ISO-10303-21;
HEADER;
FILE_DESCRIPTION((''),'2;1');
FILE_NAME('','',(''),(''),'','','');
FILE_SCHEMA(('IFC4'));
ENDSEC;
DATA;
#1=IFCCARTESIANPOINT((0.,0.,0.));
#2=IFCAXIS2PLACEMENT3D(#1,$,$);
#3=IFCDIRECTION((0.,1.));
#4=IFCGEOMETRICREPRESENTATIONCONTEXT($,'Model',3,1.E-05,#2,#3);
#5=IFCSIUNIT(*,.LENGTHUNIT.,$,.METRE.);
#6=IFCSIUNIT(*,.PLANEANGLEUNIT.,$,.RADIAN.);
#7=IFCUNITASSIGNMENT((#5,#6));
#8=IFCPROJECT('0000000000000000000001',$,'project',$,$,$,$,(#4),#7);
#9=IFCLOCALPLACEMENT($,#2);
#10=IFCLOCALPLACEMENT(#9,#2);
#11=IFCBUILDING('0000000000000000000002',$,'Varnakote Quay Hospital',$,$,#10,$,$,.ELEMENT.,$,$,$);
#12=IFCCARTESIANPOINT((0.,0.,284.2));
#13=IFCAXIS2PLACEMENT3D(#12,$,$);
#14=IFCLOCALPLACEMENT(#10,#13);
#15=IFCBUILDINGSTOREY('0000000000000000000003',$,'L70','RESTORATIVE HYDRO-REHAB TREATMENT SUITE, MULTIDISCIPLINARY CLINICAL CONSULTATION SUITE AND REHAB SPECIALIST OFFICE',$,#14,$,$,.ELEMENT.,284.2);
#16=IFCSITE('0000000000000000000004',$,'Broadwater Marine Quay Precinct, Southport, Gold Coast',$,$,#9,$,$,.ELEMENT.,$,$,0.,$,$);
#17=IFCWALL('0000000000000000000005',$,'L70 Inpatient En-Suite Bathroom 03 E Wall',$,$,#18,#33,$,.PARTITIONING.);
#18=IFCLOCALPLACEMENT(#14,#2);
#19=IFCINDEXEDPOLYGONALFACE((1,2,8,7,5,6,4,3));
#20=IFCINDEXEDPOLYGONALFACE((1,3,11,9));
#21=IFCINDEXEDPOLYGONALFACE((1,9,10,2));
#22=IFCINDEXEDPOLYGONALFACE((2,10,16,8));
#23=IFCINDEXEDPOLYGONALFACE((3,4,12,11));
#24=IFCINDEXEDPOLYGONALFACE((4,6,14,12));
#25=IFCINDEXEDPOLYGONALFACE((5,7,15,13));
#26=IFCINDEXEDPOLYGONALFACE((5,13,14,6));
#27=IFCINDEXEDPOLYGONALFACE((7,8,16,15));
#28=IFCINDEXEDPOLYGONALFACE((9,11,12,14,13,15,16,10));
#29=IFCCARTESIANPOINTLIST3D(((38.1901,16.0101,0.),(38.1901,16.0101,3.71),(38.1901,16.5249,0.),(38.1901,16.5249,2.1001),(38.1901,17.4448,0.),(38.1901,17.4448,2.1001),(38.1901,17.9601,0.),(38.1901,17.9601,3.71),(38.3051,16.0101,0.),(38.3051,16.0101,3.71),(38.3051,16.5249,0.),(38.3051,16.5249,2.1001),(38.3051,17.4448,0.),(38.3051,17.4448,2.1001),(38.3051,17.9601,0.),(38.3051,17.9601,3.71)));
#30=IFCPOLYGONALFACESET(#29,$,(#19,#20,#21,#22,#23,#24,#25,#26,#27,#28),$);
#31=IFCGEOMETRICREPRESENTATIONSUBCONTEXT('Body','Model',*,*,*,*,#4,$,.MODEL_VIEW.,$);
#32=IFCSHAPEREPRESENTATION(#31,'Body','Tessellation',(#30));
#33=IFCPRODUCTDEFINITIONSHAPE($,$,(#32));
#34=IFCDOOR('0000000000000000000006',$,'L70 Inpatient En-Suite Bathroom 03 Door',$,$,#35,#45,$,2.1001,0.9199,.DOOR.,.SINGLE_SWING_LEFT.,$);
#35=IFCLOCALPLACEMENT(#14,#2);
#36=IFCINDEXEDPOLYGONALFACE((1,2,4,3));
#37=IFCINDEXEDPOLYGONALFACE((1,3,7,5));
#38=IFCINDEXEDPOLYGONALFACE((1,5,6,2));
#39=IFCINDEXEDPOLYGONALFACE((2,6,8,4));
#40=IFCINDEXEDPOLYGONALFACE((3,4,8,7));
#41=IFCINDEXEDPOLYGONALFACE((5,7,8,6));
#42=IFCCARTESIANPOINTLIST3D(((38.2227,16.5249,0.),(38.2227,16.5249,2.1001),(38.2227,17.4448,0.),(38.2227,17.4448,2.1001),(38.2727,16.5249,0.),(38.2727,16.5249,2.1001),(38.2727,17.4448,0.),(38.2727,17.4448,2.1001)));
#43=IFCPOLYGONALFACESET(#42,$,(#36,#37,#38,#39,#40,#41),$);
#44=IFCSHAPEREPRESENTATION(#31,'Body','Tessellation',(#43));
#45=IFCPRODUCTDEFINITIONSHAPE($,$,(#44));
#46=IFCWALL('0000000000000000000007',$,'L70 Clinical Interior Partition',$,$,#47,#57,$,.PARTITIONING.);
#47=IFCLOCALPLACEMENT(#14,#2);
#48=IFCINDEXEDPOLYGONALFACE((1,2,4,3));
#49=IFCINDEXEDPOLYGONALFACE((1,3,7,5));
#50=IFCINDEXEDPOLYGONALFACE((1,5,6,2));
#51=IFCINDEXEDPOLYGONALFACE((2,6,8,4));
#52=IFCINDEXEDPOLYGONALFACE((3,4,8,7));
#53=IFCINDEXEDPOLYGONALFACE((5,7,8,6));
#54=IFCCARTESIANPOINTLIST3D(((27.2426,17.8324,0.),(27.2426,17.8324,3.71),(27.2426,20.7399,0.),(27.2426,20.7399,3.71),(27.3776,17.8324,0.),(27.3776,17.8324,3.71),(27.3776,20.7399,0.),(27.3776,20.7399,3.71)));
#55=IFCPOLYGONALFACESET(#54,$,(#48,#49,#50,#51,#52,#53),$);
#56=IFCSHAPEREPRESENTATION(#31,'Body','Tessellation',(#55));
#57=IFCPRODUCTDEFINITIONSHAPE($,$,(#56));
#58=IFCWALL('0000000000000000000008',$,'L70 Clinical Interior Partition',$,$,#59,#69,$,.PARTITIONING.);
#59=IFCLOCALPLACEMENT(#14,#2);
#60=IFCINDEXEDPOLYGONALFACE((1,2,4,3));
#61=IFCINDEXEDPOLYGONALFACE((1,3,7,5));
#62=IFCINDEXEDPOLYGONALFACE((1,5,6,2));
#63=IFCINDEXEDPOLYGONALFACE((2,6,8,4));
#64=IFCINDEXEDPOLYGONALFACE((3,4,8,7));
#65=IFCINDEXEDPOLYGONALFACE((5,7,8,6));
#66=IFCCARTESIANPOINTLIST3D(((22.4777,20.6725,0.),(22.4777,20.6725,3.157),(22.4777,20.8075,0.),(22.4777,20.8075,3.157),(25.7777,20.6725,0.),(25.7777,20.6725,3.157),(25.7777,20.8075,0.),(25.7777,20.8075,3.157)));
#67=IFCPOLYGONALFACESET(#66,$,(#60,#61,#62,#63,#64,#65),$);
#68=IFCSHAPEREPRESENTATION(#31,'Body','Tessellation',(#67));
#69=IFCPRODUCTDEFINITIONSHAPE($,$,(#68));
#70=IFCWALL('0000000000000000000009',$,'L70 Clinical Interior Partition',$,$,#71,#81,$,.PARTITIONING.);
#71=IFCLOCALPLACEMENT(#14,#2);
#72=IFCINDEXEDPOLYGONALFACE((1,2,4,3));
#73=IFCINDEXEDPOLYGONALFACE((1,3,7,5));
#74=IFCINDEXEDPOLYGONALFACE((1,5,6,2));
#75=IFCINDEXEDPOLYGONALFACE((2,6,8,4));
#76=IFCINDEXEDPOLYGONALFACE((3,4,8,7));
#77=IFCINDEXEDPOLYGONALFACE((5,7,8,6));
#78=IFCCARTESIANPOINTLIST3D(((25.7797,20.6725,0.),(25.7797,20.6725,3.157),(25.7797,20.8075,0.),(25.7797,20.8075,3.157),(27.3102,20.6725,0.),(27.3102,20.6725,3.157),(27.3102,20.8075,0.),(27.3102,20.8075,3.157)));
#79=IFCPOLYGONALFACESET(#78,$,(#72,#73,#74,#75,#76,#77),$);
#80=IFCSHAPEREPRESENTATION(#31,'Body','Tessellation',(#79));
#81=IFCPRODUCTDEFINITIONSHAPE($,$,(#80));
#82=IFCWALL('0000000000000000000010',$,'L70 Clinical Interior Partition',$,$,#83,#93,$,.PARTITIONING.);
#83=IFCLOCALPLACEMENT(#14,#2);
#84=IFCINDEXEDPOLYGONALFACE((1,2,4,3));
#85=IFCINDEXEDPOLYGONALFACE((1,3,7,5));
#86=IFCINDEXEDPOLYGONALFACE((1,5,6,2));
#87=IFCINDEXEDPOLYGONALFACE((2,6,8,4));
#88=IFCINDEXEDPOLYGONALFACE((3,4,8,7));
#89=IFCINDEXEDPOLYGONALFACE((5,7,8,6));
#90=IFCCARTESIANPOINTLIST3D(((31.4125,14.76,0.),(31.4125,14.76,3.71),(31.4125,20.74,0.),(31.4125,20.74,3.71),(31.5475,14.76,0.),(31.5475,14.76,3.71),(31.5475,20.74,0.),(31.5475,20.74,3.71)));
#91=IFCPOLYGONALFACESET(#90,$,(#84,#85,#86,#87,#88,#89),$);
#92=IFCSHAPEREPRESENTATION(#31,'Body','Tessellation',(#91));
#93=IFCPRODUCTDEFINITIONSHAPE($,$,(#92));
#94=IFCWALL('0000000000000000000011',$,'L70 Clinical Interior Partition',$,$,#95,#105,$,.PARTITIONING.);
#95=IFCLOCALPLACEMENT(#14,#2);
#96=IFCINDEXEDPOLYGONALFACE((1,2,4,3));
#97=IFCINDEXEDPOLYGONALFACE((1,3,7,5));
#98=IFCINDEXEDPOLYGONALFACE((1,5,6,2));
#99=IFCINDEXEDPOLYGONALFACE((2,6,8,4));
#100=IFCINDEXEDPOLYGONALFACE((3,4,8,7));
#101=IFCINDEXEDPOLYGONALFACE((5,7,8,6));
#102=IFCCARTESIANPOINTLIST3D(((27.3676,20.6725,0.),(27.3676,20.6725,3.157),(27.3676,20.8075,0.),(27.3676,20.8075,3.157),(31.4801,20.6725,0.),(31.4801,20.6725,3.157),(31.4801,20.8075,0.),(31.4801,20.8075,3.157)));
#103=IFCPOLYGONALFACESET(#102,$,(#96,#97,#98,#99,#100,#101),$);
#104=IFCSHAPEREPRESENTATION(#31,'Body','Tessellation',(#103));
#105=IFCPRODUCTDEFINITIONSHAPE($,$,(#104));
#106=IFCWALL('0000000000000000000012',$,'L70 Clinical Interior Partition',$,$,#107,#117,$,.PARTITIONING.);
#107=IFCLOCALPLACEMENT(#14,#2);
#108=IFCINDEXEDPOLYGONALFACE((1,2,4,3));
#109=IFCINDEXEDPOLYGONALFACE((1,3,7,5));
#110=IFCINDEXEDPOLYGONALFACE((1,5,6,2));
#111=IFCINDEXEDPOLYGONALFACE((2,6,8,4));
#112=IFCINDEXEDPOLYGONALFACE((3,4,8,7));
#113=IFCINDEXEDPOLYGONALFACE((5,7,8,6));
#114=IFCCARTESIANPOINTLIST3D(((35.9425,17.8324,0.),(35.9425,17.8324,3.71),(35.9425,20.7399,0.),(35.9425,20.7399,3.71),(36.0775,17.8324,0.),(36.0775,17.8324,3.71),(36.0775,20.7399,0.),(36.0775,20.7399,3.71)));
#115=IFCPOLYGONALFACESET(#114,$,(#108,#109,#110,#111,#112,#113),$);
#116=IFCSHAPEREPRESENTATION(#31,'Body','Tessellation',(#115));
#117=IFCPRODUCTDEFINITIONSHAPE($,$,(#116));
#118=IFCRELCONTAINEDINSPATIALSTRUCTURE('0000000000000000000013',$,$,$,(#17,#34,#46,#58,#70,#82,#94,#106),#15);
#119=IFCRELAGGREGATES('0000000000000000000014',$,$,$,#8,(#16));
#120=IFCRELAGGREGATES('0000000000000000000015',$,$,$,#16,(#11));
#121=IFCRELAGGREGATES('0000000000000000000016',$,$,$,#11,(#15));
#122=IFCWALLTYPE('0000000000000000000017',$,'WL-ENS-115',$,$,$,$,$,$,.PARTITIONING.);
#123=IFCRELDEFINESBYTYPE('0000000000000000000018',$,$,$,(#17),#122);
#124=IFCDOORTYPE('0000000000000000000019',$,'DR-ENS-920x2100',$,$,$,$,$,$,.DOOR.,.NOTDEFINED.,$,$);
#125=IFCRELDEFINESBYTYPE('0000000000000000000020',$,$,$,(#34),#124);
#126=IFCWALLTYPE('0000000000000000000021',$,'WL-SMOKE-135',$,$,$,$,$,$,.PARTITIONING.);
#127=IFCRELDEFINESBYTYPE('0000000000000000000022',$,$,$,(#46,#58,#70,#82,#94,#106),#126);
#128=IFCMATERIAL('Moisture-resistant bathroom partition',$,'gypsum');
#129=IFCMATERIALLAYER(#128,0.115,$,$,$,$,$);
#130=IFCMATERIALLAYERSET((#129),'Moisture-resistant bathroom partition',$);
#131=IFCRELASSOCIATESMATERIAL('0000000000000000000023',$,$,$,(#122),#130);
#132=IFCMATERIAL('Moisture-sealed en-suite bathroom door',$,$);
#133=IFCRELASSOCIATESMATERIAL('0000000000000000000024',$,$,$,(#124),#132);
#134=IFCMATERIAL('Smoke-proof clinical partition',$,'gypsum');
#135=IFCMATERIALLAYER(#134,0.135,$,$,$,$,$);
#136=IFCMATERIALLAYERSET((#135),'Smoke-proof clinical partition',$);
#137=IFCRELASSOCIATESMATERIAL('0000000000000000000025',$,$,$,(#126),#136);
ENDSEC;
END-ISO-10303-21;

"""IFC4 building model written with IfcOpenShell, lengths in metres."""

from ifc_helpers import new_model, si_unit, direction, frame, frame_2d, origin, place, context, subcontext, project, spatial, rectangle, extrude, material, layer, layer_set, type_object, element, fill, save


model = new_model("IFC4")

# Units and contexts
model_context = context("Model", 3, precision=1e-05, world=origin(), true_north=direction((0.0, 1.0)))
body_context = subcontext(model_context, "Body", "Model", "MODEL_VIEW")
ifc_project = project(units=[si_unit("LENGTHUNIT", "METRE"), si_unit("PLANEANGLEUNIT", "RADIAN")], contexts=[model_context])

# Site, building, storey
site_placement = place(None, origin())
site = spatial("IfcSite", under=ifc_project, at=site_placement, Name="Broadwater Marine Quay Precinct, Southport, Gold Coast", CompositionType="ELEMENT", RefElevation=0.0)
building_placement = place(site_placement, origin())
building = spatial("IfcBuilding", under=site, at=building_placement, Name="Varnakote Quay Hospital", CompositionType="ELEMENT")
storey_placement = place(building_placement, frame((0.0, 0.0, 284.2)))
storey = spatial("IfcBuildingStorey", under=building, at=storey_placement, Name="L70", Description="RESTORATIVE HYDRO-REHAB TREATMENT SUITE, MULTIDISCIPLINARY CLINICAL CONSULTATION SUITE AND REHAB SPECIALIST OFFICE", CompositionType="ELEMENT", Elevation=284.2)

# Shared definitions
ifc_material_1 = material(Name="Moisture-resistant bathroom partition", Category="gypsum")
ifc_layer_1 = layer(ifc_material_1, 0.115)
ifc_layer_set_1 = layer_set([ifc_layer_1], Name="Moisture-resistant bathroom partition")
wall_type_1 = type_object("IfcWallType", Name="WL-ENS-115", PredefinedType="PARTITIONING", material=ifc_layer_set_1)

# Shared definitions
ifc_material_2 = material(Name="Moisture-sealed en-suite bathroom door")
door_type = type_object("IfcDoorType", Name="DR-ENS-920x2100", OperationType="NOTDEFINED", PredefinedType="DOOR", material=ifc_material_2)

# Wall, opening, door
wall_1_placement = place(storey_placement, frame((38.2476, 16.01, 0.0), z_axis=(0.0, 0.0, 1.0), x_axis=(0.0, 1.0, 0.0)))
wall_1 = element("IfcWall", 1, at=wall_1_placement, inside=storey, type_object=wall_type_1, Name="L70 Inpatient En-Suite Bathroom 03 E Wall", PredefinedType="PARTITIONING", context=body_context, shape_type="SweptSolid", body=[
    extrude(rectangle(XDim=1.95, YDim=0.115, at=frame_2d((0.9751, 0.0))), origin(), (0.0, 0.0, 1.0), 3.71),
])
opening_1_placement = place(wall_1_placement, frame((0.5149, 0.0, 0.0)))
opening_1 = element("IfcOpeningElement", 2, at=opening_1_placement, cuts=wall_1, PredefinedType="OPENING", context=body_context, shape_type="SweptSolid", body=[
    extrude(rectangle(XDim=0.9199, YDim=2.1001, at=frame_2d((0.46, 1.05))), frame((0.0, 0.0674, 0.0), z_axis=(0.0, -1.0, 0.0), x_axis=(1.0, 0.0, 0.0)), (0.0, 0.0, 1.0), 0.135),
])
door_1_placement = place(opening_1_placement, origin())
door_1 = element("IfcDoor", 3, at=door_1_placement, inside=storey, type_object=door_type, Name="L70 Inpatient En-Suite Bathroom 03 Door", OperationType="SINGLE_SWING_LEFT", OverallHeight=2.1001, OverallWidth=0.9199, PredefinedType="DOOR", context=body_context, shape_type="SweptSolid", body=[
    extrude(rectangle(XDim=0.9199, YDim=2.1001, at=frame_2d((0.46, 1.05))), frame((0.0, 0.0249, 0.0), z_axis=(0.0, -1.0, 0.0), x_axis=(1.0, 0.0, 0.0)), (0.0, 0.0, 1.0), 0.05),
])
fill(opening_1, door_1)

# Walls
ifc_material_3 = material(Name="Smoke-proof clinical partition", Category="gypsum")
ifc_layer_2 = layer(ifc_material_3, 0.135)
ifc_layer_set_2 = layer_set([ifc_layer_2], Name="Smoke-proof clinical partition")
wall_type_2 = type_object("IfcWallType", Name="WL-SMOKE-135", PredefinedType="PARTITIONING", material=ifc_layer_set_2)
wall_2_placement = place(storey_placement, frame((27.3101, 17.8325, 0.0), z_axis=(0.0, 0.0, 1.0), x_axis=(0.0, 1.0, 0.0)))
element("IfcWall", 4, at=wall_2_placement, inside=storey, type_object=wall_type_2, Name="L70 Clinical Interior Partition", PredefinedType="PARTITIONING", context=body_context, shape_type="SweptSolid", body=[
    extrude(rectangle(XDim=2.9075, YDim=0.135, at=frame_2d((1.4536, 0.0))), origin(), (0.0, 0.0, 1.0), 3.71),
])
wall_3_placement = place(storey_placement, frame((25.7776, 20.74, 0.0), z_axis=(0.0, 0.0, 1.0), x_axis=(-1.0, 0.0, 0.0)))
element("IfcWall", 5, at=wall_3_placement, inside=storey, type_object=wall_type_2, Name="L70 Clinical Interior Partition", PredefinedType="PARTITIONING", context=body_context, shape_type="SweptSolid", body=[
    extrude(rectangle(XDim=3.3, YDim=0.135, at=frame_2d((1.6499, 0.0))), origin(), (0.0, 0.0, 1.0), 3.157),
])
wall_4_placement = place(storey_placement, frame((27.3101, 20.74, 0.0), z_axis=(0.0, 0.0, 1.0), x_axis=(-1.0, 0.0, 0.0)))
element("IfcWall", 6, at=wall_4_placement, inside=storey, type_object=wall_type_2, Name="L70 Clinical Interior Partition", PredefinedType="PARTITIONING", context=body_context, shape_type="SweptSolid", body=[
    extrude(rectangle(XDim=1.5305, YDim=0.135, at=frame_2d((0.7651, 0.0))), origin(), (0.0, 0.0, 1.0), 3.157),
])
wall_5_placement = place(storey_placement, frame((31.48, 14.76, 0.0), z_axis=(0.0, 0.0, 1.0), x_axis=(0.0, 1.0, 0.0)))
element("IfcWall", 7, at=wall_5_placement, inside=storey, type_object=wall_type_2, Name="L70 Clinical Interior Partition", PredefinedType="PARTITIONING", context=body_context, shape_type="SweptSolid", body=[
    extrude(rectangle(XDim=5.98, YDim=0.135, at=frame_2d((2.99, 0.0))), origin(), (0.0, 0.0, 1.0), 3.71),
])
wall_6_placement = place(storey_placement, frame((31.48, 20.74, 0.0), z_axis=(0.0, 0.0, 1.0), x_axis=(-1.0, 0.0, 0.0)))
element("IfcWall", 8, at=wall_6_placement, inside=storey, type_object=wall_type_2, Name="L70 Clinical Interior Partition", PredefinedType="PARTITIONING", context=body_context, shape_type="SweptSolid", body=[
    extrude(rectangle(XDim=4.1125, YDim=0.135, at=frame_2d((2.0562, 0.0))), origin(), (0.0, 0.0, 1.0), 3.157),
])
wall_7_placement = place(storey_placement, frame((36.01, 17.8325, 0.0), z_axis=(0.0, 0.0, 1.0), x_axis=(0.0, 1.0, 0.0)))
element("IfcWall", 9, at=wall_7_placement, inside=storey, type_object=wall_type_2, Name="L70 Clinical Interior Partition", PredefinedType="PARTITIONING", context=body_context, shape_type="SweptSolid", body=[
    extrude(rectangle(XDim=2.9075, YDim=0.135, at=frame_2d((1.4536, 0.0))), origin(), (0.0, 0.0, 1.0), 3.71),
])

save(model, "model.ifc")
